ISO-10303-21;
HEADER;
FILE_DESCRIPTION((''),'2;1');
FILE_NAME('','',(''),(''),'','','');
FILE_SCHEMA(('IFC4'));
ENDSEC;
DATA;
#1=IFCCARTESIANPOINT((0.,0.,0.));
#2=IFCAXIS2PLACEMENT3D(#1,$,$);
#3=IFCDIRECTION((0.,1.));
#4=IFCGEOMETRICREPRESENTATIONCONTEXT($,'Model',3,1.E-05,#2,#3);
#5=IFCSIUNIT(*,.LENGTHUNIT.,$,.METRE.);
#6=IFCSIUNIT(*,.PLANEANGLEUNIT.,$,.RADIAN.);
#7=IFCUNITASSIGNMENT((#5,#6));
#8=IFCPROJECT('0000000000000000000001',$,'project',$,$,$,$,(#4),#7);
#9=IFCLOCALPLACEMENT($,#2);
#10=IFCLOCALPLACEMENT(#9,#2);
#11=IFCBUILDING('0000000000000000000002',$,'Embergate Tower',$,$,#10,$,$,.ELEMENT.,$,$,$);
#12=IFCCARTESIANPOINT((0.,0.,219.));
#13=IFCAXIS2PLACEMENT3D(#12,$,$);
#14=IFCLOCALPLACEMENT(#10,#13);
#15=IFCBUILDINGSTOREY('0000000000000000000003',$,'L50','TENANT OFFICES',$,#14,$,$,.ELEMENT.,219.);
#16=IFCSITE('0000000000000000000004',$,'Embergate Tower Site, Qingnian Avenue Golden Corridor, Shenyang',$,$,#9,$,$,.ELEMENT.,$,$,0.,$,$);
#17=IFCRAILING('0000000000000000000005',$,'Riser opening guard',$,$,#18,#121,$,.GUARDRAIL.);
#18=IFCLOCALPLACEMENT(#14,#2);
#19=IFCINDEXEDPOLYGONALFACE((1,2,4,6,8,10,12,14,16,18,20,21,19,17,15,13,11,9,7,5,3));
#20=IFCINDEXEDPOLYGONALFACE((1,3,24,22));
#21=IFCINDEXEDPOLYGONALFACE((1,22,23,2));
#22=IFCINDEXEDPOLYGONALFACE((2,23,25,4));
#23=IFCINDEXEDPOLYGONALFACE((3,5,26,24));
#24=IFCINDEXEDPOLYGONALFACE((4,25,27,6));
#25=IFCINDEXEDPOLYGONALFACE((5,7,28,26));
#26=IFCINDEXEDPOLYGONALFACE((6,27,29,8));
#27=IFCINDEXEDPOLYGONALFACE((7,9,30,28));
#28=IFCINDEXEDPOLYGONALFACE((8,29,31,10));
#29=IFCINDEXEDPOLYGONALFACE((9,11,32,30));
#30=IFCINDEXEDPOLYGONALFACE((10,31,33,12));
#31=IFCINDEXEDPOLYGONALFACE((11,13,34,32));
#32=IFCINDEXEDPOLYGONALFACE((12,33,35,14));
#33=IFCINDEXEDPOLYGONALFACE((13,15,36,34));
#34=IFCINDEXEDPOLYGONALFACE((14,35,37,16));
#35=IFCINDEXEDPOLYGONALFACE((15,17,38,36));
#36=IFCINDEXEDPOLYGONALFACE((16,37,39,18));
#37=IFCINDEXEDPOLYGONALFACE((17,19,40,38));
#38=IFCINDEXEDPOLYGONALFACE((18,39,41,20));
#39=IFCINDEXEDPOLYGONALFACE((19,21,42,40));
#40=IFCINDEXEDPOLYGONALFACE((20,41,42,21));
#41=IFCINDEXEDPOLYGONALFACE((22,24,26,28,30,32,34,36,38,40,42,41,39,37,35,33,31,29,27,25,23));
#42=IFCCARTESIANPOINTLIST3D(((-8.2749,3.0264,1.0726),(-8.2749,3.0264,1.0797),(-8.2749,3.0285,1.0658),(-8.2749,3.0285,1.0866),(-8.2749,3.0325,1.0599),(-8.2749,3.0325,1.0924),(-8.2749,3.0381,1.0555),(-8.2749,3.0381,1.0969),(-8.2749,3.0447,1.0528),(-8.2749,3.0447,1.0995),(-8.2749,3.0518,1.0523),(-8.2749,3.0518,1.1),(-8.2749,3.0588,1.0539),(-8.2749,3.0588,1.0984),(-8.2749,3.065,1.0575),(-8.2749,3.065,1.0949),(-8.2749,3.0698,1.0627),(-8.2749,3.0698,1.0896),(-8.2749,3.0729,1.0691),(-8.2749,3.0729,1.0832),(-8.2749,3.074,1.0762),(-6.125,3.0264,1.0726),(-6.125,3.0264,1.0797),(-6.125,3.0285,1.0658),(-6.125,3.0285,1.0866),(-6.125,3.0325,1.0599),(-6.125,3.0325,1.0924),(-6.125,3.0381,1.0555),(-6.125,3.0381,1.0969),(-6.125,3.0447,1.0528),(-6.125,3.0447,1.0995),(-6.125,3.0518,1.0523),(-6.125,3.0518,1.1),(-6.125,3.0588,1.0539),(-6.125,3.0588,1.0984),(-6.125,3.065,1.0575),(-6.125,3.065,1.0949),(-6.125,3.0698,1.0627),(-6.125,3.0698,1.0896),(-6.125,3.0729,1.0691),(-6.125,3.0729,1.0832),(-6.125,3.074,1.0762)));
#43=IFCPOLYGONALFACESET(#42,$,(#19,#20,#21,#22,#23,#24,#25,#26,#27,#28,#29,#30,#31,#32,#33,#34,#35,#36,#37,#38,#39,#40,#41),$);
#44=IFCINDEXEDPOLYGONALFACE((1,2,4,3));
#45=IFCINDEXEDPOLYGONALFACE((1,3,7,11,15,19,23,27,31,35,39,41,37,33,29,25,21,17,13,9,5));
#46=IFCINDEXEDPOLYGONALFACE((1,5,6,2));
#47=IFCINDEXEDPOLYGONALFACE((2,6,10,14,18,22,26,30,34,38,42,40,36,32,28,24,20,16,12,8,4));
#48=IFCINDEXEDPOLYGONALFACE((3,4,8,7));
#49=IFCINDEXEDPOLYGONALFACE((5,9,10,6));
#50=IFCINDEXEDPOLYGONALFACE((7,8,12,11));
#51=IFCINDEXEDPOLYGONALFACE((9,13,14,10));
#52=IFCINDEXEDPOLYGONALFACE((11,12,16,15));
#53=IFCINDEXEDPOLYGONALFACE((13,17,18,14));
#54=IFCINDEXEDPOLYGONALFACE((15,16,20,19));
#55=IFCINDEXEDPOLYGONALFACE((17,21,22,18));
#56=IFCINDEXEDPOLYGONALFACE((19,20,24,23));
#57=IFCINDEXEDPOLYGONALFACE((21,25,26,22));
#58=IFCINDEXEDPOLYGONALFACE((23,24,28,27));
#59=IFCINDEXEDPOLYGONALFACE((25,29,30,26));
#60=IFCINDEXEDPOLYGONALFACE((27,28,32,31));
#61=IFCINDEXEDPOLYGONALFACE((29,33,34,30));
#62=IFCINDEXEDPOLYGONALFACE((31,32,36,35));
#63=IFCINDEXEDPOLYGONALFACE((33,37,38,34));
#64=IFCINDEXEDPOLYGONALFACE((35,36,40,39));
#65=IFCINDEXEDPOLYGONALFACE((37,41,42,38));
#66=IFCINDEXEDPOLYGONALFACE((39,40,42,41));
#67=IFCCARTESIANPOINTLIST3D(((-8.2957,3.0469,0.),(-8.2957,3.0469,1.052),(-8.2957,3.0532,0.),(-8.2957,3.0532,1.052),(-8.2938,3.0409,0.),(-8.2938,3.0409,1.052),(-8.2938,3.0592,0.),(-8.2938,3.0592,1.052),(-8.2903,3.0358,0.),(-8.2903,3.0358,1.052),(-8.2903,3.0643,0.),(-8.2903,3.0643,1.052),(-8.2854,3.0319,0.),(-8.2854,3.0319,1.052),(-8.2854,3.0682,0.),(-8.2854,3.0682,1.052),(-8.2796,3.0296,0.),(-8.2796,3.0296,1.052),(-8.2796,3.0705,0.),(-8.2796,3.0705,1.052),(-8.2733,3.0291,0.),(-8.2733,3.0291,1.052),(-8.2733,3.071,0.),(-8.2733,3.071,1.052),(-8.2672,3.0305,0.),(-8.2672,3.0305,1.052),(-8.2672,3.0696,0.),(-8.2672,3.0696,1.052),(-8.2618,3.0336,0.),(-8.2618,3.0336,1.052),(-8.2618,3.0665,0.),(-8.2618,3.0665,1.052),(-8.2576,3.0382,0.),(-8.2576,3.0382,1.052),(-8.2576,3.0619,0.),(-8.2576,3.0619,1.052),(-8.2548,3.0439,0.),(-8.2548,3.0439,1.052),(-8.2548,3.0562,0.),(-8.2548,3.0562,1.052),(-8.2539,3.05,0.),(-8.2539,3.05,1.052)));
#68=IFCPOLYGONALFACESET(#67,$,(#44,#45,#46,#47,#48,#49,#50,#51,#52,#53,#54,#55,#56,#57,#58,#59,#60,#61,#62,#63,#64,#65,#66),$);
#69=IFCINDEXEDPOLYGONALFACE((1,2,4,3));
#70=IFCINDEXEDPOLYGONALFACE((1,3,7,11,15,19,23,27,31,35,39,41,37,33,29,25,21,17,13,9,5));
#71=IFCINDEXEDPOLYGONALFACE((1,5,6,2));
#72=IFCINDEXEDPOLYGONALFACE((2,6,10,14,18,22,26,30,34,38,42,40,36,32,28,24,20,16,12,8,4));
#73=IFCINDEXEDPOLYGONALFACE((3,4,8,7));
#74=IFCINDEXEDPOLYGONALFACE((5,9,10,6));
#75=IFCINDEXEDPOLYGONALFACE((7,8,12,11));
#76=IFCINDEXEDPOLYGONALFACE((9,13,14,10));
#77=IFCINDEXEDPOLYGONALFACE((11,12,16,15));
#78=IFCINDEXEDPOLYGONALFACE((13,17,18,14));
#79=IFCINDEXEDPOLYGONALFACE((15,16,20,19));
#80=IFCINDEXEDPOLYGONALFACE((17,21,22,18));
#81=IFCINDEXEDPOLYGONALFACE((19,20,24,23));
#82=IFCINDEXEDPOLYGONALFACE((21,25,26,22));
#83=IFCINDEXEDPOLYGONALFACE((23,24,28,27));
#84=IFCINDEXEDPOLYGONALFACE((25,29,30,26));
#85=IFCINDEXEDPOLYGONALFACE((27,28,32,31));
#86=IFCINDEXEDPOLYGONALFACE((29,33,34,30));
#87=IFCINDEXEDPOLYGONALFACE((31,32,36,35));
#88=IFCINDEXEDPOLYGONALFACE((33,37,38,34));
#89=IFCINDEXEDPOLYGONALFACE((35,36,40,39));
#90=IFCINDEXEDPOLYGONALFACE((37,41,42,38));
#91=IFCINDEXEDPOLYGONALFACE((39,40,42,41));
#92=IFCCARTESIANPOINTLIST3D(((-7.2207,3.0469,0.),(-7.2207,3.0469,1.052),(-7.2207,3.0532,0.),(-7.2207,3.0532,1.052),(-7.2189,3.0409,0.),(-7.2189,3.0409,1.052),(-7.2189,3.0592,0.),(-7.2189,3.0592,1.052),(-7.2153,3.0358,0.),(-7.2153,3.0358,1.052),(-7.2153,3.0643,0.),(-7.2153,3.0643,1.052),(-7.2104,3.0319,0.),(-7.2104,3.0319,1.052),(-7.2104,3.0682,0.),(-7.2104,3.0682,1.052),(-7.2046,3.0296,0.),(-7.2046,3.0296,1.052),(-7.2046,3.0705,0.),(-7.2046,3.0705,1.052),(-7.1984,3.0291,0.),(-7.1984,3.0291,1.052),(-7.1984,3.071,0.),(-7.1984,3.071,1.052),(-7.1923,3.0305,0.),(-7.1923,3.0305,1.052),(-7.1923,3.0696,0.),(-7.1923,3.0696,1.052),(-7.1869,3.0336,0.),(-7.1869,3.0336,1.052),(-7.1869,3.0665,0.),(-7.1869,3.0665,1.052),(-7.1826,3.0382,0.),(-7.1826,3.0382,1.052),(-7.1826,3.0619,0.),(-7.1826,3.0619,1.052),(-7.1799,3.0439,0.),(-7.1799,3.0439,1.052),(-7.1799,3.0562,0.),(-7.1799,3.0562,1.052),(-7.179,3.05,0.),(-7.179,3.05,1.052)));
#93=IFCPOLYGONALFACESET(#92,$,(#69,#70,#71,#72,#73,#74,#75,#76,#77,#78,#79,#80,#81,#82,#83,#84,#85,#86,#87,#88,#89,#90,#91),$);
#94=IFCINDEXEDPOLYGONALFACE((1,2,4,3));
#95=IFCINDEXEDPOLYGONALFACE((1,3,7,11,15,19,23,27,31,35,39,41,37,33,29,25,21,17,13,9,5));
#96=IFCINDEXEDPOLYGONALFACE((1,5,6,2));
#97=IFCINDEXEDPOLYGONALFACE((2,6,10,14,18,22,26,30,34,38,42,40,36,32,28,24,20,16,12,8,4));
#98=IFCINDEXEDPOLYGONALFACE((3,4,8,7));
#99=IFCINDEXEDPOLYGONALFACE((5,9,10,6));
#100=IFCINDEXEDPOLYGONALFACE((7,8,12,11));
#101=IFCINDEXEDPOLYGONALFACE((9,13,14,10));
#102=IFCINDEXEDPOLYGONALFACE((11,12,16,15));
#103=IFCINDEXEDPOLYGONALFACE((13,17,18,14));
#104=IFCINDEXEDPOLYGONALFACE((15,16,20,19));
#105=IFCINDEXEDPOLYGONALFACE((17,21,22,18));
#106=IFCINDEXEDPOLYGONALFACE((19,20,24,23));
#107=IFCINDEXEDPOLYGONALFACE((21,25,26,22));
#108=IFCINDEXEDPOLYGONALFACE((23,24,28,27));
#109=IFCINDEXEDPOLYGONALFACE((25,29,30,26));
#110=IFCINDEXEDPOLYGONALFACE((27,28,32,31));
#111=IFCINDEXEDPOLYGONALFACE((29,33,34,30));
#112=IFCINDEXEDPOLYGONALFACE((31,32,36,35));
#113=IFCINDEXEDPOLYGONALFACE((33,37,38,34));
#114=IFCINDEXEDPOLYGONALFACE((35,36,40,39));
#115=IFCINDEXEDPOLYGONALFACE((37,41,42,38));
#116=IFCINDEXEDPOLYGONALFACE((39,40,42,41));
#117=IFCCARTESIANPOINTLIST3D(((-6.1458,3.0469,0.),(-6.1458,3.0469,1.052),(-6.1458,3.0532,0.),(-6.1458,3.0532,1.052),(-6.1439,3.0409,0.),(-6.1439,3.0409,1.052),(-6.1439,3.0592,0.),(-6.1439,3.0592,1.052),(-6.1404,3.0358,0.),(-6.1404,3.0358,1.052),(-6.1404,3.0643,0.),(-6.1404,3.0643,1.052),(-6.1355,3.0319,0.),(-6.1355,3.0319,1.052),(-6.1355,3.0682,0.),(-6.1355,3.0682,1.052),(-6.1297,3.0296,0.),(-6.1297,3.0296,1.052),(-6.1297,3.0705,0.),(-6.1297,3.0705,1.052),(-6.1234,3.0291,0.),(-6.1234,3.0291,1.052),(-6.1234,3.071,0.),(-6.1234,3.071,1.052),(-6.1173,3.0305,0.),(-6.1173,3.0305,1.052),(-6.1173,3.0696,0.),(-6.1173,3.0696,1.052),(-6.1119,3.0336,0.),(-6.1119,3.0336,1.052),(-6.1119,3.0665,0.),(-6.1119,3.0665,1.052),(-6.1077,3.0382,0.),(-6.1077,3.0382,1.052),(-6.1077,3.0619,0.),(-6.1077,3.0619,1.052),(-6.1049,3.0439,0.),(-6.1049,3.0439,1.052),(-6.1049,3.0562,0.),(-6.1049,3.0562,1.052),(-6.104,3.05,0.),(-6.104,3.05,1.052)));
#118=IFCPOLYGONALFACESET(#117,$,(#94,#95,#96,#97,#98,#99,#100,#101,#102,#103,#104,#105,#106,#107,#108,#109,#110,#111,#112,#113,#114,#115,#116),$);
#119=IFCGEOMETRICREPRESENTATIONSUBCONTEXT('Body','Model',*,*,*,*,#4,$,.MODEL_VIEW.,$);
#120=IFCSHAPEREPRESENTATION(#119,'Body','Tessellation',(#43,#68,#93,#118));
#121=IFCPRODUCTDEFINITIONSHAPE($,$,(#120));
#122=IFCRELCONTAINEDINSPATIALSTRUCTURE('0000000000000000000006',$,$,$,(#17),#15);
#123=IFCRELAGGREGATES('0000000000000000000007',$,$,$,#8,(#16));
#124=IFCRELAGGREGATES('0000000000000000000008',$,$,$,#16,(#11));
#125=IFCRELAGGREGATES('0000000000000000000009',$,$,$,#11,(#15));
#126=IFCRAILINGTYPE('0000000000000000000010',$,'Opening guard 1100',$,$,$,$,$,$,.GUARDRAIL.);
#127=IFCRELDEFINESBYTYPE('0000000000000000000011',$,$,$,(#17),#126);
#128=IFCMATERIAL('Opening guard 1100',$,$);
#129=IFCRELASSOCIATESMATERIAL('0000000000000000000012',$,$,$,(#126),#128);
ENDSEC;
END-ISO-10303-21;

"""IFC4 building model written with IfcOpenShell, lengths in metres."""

from ifc_helpers import new_model, si_unit, direction, frame, origin, origin_2d, place, context, subcontext, project, spatial, circle, extrude, source, transform, mapped, material, type_object, element, save


model = new_model("IFC4")

# Units and contexts
model_context = context("Model", 3, precision=1e-05, world=origin(), true_north=direction((0.0, 1.0)))
body_context = subcontext(model_context, "Body", "Model", "MODEL_VIEW")
ifc_project = project(units=[si_unit("LENGTHUNIT", "METRE"), si_unit("PLANEANGLEUNIT", "RADIAN")], contexts=[model_context])

# Site, building, storey
site_placement = place(None, origin())
site = spatial("IfcSite", under=ifc_project, at=site_placement, Name="Embergate Tower Site, Qingnian Avenue Golden Corridor, Shenyang", CompositionType="ELEMENT", RefElevation=0.0)
building_placement = place(site_placement, origin())
building = spatial("IfcBuilding", under=site, at=building_placement, Name="Embergate Tower", CompositionType="ELEMENT")
storey_placement = place(building_placement, frame((0.0, 0.0, 219.0)))
storey = spatial("IfcBuildingStorey", under=building, at=storey_placement, Name="L50", Description="TENANT OFFICES", CompositionType="ELEMENT", Elevation=219.0)

# Railing
ifc_material_1 = material(Name="Opening guard 1100")
railing_type_1 = type_object("IfcRailingType", Name="Opening guard 1100", PredefinedType="GUARDRAIL", material=ifc_material_1)
shared_shape_1 = source(origin(), body_context, "Body", "SweptSolid", [
    extrude(circle(Radius=0.0239, at=origin_2d()), frame((0.0, 0.0, 1.0762), z_axis=(1.0, 0.0, 0.0), x_axis=(0.0, 1.0, 0.0)), (0.0, 0.0, 1.0), 2.1499),
    extrude(circle(Radius=0.021, at=origin_2d()), origin(), (0.0, 0.0, 1.0), 1.052),
    extrude(circle(Radius=0.021, at=origin_2d()), frame((1.075, 0.0, 0.0)), (0.0, 0.0, 1.0), 1.052),
    extrude(circle(Radius=0.021, at=origin_2d()), frame((2.1499, 0.0, 0.0)), (0.0, 0.0, 1.0), 1.052),
])
railing_1_placement = place(storey_placement, frame((-8.2749, 3.05, 0.0)))
element("IfcRailing", 1, at=railing_1_placement, inside=storey, type_object=railing_type_1, Name="Riser opening guard", PredefinedType="GUARDRAIL", context=body_context, shape_type="MappedRepresentation", body=[
    mapped(shared_shape_1, transform((0.0, 0.0, 0.0))),
])

save(model, "model.ifc")
